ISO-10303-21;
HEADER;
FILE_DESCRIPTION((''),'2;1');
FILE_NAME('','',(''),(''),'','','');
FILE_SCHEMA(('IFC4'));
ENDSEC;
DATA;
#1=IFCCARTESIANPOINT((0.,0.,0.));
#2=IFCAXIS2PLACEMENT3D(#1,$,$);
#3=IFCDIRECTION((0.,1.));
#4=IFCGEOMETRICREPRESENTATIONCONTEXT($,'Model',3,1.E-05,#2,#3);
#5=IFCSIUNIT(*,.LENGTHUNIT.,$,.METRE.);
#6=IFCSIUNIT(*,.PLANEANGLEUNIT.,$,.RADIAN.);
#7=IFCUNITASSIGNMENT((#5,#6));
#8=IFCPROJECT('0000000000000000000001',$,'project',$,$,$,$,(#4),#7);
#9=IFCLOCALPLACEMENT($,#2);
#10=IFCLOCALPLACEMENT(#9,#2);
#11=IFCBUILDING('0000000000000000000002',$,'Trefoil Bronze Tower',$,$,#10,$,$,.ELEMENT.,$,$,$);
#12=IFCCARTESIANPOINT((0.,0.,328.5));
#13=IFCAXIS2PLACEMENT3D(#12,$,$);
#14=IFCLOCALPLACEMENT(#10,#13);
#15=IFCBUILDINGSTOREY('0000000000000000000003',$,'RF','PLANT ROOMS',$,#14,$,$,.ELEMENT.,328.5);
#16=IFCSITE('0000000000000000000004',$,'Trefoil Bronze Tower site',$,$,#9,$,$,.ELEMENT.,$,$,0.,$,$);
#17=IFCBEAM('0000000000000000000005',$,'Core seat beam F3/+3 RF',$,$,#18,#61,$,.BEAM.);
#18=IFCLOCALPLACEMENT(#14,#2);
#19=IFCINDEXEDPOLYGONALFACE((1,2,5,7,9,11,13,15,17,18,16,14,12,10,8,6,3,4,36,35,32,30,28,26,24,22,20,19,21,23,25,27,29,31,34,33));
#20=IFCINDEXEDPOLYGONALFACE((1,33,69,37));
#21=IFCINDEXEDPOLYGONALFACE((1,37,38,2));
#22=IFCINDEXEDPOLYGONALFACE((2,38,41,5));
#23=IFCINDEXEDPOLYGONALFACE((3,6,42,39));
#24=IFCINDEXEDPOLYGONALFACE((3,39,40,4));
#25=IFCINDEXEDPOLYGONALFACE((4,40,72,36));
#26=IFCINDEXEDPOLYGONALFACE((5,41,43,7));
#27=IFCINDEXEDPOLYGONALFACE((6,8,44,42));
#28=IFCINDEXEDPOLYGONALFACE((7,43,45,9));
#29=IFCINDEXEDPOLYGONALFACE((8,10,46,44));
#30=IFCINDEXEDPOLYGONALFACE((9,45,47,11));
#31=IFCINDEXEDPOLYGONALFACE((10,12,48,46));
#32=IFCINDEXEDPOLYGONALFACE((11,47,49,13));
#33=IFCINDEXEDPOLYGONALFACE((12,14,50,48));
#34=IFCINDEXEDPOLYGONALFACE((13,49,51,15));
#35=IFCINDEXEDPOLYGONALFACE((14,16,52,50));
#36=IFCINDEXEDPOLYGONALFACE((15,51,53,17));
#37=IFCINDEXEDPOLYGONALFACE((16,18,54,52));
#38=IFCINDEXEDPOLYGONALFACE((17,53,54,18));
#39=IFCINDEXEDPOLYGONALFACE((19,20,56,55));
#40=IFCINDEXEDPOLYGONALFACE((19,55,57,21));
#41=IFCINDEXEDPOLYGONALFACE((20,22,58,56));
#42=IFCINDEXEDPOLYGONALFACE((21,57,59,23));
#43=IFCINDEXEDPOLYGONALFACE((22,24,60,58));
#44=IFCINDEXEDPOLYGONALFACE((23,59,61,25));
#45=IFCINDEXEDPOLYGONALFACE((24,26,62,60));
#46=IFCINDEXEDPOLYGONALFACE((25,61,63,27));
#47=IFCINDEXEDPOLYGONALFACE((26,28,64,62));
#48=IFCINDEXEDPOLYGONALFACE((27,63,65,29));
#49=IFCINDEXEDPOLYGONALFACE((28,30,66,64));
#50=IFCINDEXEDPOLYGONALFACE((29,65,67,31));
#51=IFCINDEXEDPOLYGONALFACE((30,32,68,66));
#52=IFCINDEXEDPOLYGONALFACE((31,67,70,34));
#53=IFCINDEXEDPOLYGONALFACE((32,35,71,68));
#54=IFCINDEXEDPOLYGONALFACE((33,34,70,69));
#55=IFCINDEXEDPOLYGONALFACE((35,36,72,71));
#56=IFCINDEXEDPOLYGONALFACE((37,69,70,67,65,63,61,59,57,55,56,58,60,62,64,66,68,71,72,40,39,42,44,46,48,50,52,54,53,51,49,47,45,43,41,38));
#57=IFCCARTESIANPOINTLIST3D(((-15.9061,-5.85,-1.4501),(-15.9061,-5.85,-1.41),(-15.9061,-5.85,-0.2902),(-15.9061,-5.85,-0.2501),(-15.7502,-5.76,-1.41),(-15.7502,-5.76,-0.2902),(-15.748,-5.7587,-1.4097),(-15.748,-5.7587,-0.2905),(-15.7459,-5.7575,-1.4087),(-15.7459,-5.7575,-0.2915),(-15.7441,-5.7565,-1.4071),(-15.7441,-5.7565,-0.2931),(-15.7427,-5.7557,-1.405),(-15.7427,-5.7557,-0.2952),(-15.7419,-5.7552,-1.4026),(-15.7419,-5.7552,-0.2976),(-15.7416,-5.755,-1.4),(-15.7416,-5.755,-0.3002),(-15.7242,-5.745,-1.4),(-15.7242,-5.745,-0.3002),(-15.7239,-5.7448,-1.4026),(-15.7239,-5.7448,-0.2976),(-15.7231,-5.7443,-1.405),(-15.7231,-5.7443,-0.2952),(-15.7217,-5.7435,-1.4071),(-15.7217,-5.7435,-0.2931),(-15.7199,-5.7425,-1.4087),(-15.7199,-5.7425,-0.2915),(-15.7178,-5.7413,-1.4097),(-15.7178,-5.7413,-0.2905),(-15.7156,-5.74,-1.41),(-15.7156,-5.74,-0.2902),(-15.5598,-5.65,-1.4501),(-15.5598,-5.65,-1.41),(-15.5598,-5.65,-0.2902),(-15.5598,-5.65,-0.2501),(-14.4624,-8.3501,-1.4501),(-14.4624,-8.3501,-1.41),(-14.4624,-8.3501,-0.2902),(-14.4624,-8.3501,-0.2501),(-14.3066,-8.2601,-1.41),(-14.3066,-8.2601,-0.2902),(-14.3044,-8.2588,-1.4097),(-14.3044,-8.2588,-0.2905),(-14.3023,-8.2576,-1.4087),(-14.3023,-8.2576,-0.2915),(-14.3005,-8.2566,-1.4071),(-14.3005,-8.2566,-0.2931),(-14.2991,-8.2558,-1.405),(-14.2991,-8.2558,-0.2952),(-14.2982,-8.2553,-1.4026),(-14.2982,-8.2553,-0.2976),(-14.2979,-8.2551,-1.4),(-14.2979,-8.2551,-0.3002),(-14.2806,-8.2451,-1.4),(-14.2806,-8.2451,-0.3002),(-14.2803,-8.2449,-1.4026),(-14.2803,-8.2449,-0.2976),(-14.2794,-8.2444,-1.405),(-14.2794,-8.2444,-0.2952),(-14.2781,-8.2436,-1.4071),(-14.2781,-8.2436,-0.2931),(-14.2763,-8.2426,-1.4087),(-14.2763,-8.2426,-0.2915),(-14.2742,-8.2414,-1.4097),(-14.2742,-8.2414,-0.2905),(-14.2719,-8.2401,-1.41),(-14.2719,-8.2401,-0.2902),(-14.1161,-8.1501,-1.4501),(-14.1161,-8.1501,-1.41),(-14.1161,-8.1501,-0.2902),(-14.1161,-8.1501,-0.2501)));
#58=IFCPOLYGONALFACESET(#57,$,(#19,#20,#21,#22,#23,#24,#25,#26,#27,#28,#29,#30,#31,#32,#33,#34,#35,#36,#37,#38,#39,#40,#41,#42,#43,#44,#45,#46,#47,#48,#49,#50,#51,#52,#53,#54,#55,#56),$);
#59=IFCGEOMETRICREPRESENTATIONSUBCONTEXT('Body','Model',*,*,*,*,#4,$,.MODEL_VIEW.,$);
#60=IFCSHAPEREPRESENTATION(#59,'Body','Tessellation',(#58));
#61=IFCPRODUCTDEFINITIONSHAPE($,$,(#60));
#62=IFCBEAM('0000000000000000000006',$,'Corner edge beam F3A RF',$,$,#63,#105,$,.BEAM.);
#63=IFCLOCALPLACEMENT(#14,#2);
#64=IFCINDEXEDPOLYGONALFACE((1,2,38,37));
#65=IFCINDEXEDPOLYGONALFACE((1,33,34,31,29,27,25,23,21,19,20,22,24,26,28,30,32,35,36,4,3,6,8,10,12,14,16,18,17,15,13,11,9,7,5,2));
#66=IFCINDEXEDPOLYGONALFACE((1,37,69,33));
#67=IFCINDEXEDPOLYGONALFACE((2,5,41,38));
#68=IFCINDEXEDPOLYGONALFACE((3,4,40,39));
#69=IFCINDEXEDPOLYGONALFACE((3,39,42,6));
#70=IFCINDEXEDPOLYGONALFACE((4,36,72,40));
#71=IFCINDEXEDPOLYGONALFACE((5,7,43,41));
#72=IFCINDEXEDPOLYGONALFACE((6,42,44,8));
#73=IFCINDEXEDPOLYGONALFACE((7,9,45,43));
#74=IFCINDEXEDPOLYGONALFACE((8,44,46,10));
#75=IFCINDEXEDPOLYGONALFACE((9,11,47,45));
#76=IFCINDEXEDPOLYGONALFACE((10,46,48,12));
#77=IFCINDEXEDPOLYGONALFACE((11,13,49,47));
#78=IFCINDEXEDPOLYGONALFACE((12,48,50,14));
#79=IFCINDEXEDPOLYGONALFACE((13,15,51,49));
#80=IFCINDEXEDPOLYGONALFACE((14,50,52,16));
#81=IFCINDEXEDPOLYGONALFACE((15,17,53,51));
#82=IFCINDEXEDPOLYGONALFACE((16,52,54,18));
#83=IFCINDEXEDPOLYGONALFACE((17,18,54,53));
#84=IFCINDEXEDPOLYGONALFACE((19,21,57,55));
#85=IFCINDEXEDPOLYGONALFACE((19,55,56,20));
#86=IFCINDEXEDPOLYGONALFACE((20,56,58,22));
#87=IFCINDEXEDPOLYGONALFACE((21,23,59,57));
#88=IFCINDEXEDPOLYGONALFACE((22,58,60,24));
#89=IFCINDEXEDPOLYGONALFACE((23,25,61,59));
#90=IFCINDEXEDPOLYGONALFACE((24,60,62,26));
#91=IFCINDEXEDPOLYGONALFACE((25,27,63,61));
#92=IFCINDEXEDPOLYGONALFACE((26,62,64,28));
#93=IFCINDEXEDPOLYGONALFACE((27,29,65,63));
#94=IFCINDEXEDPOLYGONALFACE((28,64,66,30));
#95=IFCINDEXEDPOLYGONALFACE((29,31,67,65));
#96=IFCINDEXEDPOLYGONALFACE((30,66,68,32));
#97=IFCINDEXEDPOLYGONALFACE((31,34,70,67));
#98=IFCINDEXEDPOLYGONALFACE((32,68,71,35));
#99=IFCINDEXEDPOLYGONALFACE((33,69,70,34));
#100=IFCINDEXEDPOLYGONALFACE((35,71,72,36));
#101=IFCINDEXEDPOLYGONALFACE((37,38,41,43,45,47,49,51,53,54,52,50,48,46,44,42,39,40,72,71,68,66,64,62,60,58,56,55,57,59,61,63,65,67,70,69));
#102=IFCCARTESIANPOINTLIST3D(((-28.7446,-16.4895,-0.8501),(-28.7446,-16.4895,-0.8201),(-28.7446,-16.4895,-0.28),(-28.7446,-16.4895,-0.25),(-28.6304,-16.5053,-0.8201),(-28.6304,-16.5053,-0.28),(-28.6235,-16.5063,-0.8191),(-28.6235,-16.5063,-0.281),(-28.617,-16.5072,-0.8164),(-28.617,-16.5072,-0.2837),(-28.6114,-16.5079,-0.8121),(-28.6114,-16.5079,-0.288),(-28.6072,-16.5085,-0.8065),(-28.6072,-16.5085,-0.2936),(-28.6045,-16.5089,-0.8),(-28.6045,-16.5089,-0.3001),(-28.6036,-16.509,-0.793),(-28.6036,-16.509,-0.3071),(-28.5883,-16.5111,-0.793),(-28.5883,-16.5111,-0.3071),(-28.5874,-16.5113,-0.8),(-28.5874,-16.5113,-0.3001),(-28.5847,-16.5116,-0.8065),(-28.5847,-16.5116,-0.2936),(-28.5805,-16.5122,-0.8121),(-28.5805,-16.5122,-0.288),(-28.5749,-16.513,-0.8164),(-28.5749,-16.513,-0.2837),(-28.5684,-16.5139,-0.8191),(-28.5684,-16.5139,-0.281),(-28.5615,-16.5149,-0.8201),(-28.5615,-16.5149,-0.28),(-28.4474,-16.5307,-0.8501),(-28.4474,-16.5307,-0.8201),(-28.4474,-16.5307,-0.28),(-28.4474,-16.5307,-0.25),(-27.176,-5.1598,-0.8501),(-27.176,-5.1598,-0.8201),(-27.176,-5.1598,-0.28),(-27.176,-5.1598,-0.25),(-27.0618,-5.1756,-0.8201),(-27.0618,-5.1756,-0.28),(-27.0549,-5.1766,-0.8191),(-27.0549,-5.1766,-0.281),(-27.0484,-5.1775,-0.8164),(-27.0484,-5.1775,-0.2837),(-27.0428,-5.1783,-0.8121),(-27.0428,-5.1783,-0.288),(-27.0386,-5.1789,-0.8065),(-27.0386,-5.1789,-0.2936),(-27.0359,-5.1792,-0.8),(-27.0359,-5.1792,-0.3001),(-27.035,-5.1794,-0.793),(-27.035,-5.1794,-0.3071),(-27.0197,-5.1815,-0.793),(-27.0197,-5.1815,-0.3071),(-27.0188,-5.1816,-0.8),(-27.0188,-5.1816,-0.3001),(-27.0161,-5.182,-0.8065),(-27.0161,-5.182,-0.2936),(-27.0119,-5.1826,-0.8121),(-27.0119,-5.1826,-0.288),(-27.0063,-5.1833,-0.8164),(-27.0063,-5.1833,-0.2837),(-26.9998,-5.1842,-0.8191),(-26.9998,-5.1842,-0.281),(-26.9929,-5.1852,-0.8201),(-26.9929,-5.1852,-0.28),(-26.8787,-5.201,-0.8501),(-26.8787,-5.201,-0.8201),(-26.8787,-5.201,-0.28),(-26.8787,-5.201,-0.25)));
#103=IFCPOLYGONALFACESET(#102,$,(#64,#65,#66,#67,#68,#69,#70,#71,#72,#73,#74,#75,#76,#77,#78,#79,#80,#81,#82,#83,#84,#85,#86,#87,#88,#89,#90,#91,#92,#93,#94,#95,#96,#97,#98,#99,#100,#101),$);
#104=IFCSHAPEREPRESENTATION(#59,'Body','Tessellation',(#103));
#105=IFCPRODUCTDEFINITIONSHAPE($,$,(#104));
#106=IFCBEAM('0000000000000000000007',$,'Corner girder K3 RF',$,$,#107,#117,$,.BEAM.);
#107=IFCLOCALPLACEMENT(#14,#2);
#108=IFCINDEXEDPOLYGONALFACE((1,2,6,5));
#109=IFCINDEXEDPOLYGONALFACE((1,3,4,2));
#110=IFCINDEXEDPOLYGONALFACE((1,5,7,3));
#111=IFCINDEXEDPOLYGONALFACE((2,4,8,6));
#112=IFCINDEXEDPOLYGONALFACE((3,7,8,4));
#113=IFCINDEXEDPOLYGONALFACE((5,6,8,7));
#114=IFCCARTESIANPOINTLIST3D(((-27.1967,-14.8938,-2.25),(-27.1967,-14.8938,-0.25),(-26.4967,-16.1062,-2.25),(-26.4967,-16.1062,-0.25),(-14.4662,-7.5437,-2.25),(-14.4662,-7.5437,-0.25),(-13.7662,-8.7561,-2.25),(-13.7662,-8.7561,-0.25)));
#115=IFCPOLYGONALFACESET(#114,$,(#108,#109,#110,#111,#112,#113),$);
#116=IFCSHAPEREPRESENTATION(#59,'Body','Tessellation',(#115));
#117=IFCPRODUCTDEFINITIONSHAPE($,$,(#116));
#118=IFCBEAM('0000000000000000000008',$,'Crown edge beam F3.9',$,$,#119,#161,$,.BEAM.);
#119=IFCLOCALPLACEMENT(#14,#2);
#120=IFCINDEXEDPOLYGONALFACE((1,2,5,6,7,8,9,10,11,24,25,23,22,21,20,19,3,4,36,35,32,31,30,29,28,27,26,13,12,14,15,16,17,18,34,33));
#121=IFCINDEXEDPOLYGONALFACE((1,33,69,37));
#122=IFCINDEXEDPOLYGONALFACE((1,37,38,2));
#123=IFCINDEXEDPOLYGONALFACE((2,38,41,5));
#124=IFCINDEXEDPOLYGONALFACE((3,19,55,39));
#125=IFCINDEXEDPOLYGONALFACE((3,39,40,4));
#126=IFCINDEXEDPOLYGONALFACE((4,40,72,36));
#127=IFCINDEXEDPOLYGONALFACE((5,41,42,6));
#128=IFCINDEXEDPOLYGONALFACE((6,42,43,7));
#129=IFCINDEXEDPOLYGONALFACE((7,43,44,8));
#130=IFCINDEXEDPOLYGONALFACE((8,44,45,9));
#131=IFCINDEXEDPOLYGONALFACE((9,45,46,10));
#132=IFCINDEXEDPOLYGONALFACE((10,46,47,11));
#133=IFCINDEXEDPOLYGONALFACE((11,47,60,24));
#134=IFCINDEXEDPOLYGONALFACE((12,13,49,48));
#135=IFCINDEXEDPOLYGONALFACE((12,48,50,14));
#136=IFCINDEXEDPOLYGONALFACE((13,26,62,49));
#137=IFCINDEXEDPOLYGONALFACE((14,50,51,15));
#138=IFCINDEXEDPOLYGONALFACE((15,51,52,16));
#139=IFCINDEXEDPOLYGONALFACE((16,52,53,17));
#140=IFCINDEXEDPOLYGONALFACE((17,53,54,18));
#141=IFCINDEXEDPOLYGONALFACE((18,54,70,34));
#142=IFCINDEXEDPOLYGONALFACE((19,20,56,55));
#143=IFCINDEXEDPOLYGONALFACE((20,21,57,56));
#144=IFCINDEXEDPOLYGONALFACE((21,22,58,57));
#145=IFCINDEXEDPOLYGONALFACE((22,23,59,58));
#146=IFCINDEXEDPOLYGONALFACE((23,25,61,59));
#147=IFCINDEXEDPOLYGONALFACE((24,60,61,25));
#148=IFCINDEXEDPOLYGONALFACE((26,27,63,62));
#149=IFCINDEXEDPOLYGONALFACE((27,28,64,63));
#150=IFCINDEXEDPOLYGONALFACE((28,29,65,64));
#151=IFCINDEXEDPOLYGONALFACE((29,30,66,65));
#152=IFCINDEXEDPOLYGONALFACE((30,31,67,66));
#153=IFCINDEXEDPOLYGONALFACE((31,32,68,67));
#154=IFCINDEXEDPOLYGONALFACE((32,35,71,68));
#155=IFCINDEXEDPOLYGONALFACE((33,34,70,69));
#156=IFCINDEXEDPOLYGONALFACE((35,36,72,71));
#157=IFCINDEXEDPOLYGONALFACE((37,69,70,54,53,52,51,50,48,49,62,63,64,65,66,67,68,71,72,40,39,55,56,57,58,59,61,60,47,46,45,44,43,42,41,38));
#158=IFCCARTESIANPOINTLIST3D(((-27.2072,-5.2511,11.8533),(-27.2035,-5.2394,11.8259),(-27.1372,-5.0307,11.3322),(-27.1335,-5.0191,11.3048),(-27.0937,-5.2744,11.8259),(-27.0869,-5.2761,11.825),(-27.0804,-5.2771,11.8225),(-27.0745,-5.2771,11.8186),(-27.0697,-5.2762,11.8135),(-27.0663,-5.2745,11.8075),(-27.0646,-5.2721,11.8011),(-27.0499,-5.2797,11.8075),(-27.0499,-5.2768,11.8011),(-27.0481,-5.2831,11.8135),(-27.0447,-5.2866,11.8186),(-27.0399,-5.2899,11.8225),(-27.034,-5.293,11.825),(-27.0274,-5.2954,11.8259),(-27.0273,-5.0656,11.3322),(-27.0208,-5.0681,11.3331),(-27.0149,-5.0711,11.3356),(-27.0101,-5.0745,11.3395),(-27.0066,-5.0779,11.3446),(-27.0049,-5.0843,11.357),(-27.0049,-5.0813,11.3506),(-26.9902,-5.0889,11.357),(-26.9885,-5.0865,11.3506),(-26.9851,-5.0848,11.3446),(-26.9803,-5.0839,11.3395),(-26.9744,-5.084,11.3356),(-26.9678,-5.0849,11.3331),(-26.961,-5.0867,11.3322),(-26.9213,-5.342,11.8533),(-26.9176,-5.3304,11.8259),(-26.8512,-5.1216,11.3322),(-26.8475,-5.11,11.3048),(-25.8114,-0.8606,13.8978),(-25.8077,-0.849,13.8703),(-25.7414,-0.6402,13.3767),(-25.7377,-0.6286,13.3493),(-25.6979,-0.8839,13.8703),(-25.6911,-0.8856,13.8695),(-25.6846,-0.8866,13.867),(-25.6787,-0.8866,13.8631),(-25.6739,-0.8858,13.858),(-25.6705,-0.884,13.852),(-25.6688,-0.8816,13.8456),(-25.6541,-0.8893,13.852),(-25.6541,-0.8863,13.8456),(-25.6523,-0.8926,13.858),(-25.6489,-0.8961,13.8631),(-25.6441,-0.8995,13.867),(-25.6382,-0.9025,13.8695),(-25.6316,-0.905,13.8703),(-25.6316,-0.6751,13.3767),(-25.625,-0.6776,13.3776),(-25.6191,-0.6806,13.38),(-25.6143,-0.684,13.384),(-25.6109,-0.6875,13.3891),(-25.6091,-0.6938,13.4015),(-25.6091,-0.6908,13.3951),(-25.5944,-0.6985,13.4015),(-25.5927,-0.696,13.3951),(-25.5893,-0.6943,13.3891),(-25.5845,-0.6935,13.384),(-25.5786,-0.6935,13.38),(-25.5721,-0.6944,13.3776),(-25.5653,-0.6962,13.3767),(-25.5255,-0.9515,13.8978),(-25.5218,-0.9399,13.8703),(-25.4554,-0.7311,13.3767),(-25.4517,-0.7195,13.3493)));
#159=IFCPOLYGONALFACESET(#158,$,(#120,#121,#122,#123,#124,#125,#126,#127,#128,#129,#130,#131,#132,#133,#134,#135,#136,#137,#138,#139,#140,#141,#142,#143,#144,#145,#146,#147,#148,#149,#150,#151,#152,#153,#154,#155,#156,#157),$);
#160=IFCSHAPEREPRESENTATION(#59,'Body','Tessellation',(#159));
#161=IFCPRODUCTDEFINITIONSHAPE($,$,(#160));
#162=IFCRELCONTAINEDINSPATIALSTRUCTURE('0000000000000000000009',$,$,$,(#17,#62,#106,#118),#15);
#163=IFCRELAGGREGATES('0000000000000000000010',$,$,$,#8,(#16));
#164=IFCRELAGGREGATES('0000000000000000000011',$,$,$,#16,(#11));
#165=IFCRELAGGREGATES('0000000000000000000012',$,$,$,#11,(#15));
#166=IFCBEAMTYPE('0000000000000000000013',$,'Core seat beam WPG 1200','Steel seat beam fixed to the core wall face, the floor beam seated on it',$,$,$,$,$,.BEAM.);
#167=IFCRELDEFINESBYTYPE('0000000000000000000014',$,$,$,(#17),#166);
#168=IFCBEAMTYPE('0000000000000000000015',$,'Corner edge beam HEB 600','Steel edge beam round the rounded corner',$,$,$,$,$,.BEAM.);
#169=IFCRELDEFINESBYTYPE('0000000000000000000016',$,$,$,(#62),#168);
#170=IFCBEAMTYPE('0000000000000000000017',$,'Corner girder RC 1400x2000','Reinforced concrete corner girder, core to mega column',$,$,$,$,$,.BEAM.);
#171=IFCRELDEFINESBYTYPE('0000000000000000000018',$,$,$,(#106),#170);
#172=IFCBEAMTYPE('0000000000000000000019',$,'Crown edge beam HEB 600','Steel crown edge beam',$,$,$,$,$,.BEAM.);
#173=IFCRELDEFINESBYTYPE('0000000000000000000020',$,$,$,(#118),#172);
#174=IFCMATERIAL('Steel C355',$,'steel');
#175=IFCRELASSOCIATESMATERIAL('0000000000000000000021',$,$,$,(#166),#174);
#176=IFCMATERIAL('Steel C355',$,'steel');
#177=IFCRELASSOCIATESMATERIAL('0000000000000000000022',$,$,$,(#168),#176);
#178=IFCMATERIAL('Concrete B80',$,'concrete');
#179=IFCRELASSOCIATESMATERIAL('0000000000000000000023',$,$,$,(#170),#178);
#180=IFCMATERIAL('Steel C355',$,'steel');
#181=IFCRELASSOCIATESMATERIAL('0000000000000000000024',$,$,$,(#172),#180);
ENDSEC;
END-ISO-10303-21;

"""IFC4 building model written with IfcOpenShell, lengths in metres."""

from ifc_helpers import new_model, si_unit, direction, frame, origin, origin_2d, place, context, subcontext, project, spatial, rectangle, i_section, extrude, material, material_profile, profile_set, type_object, element, save


model = new_model("IFC4")

# Units and contexts
model_context = context("Model", 3, precision=1e-05, world=origin(), true_north=direction((0.0, 1.0)))
body_context = subcontext(model_context, "Body", "Model", "MODEL_VIEW")
ifc_project = project(units=[si_unit("LENGTHUNIT", "METRE"), si_unit("PLANEANGLEUNIT", "RADIAN")], contexts=[model_context])

# Site, building, storey
site_placement = place(None, origin())
site = spatial("IfcSite", under=ifc_project, at=site_placement, Name="Trefoil Bronze Tower site", CompositionType="ELEMENT", RefElevation=0.0)
building_placement = place(site_placement, origin())
building = spatial("IfcBuilding", under=site, at=building_placement, Name="Trefoil Bronze Tower", CompositionType="ELEMENT")
storey_placement = place(building_placement, frame((0.0, 0.0, 328.5)))
storey = spatial("IfcBuildingStorey", under=building, at=storey_placement, Name="RF", Description="PLANT ROOMS", CompositionType="ELEMENT", Elevation=328.5)

# Beams
ifc_material_1 = material(Name="Steel C355", Category="steel")
ifc_material_profile_1 = material_profile(ifc_material_1, i_section(OverallWidth=0.3999, OverallDepth=1.2, WebThickness=0.02, FlangeThickness=0.04, FilletRadius=0.01, at=origin_2d()), Name="WPG 1200")
ifc_profile_set_1 = profile_set([ifc_material_profile_1], Name="Steel C355")
beam_type_1 = type_object("IfcBeamType", Name="Core seat beam WPG 1200", Description="Steel seat beam fixed to the core wall face, the floor beam seated on it", PredefinedType="BEAM", material=ifc_profile_set_1)
beam_1_placement = place(storey_placement, frame((-15.7329, -5.75, -0.8501), z_axis=(0.500059, -0.865991, 0.0), x_axis=(0.865991, 0.500059, 0.0)))
element("IfcBeam", 1, at=beam_1_placement, inside=storey, type_object=beam_type_1, Name="Core seat beam F3/+3 RF", PredefinedType="BEAM", context=body_context, shape_type="SweptSolid", body=[
    extrude(i_section(OverallWidth=0.3999, OverallDepth=1.2, WebThickness=0.02, FlangeThickness=0.04, FilletRadius=0.01, at=origin_2d()), origin(), (0.0, 0.0, 1.0), 2.887),
])
ifc_material_2 = material(Name="Steel C355", Category="steel")
ifc_material_profile_2 = material_profile(ifc_material_2, i_section(OverallWidth=0.3, OverallDepth=0.6001, WebThickness=0.0154, FlangeThickness=0.03, FilletRadius=0.0271, at=origin_2d()), Name="HEB 600")
ifc_profile_set_2 = profile_set([ifc_material_profile_2], Name="Steel C355")
beam_type_2 = type_object("IfcBeamType", Name="Corner edge beam HEB 600", Description="Steel edge beam round the rounded corner", PredefinedType="BEAM", material=ifc_profile_set_2)
beam_2_placement = place(storey_placement, frame((-27.0273, -5.1804, -0.55), z_axis=(-0.137144, -0.990551, 0.0), x_axis=(0.990551, -0.137144, 0.0)))
element("IfcBeam", 2, at=beam_2_placement, inside=storey, type_object=beam_type_2, Name="Corner edge beam F3A RF", PredefinedType="BEAM", context=body_context, shape_type="SweptSolid", body=[
    extrude(i_section(OverallWidth=0.3, OverallDepth=0.6001, WebThickness=0.0154, FlangeThickness=0.03, FilletRadius=0.0271, at=origin_2d()), origin(), (0.0, 0.0, 1.0), 11.4377),
])
ifc_material_3 = material(Name="Concrete B80", Category="concrete")
ifc_material_profile_3 = material_profile(ifc_material_3, rectangle(XDim=1.3999, YDim=2.0, at=origin_2d()), Name="RC 1400x2000")
ifc_profile_set_3 = profile_set([ifc_material_profile_3], Name="Concrete B80")
beam_type_3 = type_object("IfcBeamType", Name="Corner girder RC 1400x2000", Description="Reinforced concrete corner girder, core to mega column", PredefinedType="BEAM", material=ifc_profile_set_3)
beam_3_placement = place(storey_placement, frame((-14.1162, -8.1499, -1.25), z_axis=(-0.866021, -0.500008, 0.0), x_axis=(0.500008, -0.866021, 0.0)))
element("IfcBeam", 3, at=beam_3_placement, inside=storey, type_object=beam_type_3, Name="Corner girder K3 RF", PredefinedType="BEAM", context=body_context, shape_type="SweptSolid", body=[
    extrude(rectangle(XDim=1.3999, YDim=2.0, at=origin_2d()), origin(), (0.0, 0.0, 1.0), 14.7),
])
ifc_material_4 = material(Name="Steel C355", Category="steel")
ifc_material_profile_4 = material_profile(ifc_material_4, i_section(OverallWidth=0.3, OverallDepth=0.6001, WebThickness=0.0154, FlangeThickness=0.03, FilletRadius=0.0271, at=origin_2d()), Name="HEB 600")
ifc_profile_set_4 = profile_set([ifc_material_profile_4], Name="Steel C355")
beam_type_4 = type_object("IfcBeamType", Name="Crown edge beam HEB 600", Description="Steel crown edge beam", PredefinedType="BEAM", material=ifc_profile_set_4)
beam_4_placement = place(storey_placement, frame((-25.6316, -0.79, 13.6235), z_axis=(-0.276926, -0.871079, -0.405628), x_axis=(0.953, -0.30297, 0.0)))
element("IfcBeam", 4, at=beam_4_placement, inside=storey, type_object=beam_type_4, Name="Crown edge beam F3.9", PredefinedType="BEAM", context=body_context, shape_type="SweptSolid", body=[
    extrude(i_section(OverallWidth=0.3, OverallDepth=0.6001, WebThickness=0.0154, FlangeThickness=0.03, FilletRadius=0.0271, at=origin_2d()), origin(), (0.0, 0.0, 1.0), 5.0403),
])

save(model, "model.ifc")
